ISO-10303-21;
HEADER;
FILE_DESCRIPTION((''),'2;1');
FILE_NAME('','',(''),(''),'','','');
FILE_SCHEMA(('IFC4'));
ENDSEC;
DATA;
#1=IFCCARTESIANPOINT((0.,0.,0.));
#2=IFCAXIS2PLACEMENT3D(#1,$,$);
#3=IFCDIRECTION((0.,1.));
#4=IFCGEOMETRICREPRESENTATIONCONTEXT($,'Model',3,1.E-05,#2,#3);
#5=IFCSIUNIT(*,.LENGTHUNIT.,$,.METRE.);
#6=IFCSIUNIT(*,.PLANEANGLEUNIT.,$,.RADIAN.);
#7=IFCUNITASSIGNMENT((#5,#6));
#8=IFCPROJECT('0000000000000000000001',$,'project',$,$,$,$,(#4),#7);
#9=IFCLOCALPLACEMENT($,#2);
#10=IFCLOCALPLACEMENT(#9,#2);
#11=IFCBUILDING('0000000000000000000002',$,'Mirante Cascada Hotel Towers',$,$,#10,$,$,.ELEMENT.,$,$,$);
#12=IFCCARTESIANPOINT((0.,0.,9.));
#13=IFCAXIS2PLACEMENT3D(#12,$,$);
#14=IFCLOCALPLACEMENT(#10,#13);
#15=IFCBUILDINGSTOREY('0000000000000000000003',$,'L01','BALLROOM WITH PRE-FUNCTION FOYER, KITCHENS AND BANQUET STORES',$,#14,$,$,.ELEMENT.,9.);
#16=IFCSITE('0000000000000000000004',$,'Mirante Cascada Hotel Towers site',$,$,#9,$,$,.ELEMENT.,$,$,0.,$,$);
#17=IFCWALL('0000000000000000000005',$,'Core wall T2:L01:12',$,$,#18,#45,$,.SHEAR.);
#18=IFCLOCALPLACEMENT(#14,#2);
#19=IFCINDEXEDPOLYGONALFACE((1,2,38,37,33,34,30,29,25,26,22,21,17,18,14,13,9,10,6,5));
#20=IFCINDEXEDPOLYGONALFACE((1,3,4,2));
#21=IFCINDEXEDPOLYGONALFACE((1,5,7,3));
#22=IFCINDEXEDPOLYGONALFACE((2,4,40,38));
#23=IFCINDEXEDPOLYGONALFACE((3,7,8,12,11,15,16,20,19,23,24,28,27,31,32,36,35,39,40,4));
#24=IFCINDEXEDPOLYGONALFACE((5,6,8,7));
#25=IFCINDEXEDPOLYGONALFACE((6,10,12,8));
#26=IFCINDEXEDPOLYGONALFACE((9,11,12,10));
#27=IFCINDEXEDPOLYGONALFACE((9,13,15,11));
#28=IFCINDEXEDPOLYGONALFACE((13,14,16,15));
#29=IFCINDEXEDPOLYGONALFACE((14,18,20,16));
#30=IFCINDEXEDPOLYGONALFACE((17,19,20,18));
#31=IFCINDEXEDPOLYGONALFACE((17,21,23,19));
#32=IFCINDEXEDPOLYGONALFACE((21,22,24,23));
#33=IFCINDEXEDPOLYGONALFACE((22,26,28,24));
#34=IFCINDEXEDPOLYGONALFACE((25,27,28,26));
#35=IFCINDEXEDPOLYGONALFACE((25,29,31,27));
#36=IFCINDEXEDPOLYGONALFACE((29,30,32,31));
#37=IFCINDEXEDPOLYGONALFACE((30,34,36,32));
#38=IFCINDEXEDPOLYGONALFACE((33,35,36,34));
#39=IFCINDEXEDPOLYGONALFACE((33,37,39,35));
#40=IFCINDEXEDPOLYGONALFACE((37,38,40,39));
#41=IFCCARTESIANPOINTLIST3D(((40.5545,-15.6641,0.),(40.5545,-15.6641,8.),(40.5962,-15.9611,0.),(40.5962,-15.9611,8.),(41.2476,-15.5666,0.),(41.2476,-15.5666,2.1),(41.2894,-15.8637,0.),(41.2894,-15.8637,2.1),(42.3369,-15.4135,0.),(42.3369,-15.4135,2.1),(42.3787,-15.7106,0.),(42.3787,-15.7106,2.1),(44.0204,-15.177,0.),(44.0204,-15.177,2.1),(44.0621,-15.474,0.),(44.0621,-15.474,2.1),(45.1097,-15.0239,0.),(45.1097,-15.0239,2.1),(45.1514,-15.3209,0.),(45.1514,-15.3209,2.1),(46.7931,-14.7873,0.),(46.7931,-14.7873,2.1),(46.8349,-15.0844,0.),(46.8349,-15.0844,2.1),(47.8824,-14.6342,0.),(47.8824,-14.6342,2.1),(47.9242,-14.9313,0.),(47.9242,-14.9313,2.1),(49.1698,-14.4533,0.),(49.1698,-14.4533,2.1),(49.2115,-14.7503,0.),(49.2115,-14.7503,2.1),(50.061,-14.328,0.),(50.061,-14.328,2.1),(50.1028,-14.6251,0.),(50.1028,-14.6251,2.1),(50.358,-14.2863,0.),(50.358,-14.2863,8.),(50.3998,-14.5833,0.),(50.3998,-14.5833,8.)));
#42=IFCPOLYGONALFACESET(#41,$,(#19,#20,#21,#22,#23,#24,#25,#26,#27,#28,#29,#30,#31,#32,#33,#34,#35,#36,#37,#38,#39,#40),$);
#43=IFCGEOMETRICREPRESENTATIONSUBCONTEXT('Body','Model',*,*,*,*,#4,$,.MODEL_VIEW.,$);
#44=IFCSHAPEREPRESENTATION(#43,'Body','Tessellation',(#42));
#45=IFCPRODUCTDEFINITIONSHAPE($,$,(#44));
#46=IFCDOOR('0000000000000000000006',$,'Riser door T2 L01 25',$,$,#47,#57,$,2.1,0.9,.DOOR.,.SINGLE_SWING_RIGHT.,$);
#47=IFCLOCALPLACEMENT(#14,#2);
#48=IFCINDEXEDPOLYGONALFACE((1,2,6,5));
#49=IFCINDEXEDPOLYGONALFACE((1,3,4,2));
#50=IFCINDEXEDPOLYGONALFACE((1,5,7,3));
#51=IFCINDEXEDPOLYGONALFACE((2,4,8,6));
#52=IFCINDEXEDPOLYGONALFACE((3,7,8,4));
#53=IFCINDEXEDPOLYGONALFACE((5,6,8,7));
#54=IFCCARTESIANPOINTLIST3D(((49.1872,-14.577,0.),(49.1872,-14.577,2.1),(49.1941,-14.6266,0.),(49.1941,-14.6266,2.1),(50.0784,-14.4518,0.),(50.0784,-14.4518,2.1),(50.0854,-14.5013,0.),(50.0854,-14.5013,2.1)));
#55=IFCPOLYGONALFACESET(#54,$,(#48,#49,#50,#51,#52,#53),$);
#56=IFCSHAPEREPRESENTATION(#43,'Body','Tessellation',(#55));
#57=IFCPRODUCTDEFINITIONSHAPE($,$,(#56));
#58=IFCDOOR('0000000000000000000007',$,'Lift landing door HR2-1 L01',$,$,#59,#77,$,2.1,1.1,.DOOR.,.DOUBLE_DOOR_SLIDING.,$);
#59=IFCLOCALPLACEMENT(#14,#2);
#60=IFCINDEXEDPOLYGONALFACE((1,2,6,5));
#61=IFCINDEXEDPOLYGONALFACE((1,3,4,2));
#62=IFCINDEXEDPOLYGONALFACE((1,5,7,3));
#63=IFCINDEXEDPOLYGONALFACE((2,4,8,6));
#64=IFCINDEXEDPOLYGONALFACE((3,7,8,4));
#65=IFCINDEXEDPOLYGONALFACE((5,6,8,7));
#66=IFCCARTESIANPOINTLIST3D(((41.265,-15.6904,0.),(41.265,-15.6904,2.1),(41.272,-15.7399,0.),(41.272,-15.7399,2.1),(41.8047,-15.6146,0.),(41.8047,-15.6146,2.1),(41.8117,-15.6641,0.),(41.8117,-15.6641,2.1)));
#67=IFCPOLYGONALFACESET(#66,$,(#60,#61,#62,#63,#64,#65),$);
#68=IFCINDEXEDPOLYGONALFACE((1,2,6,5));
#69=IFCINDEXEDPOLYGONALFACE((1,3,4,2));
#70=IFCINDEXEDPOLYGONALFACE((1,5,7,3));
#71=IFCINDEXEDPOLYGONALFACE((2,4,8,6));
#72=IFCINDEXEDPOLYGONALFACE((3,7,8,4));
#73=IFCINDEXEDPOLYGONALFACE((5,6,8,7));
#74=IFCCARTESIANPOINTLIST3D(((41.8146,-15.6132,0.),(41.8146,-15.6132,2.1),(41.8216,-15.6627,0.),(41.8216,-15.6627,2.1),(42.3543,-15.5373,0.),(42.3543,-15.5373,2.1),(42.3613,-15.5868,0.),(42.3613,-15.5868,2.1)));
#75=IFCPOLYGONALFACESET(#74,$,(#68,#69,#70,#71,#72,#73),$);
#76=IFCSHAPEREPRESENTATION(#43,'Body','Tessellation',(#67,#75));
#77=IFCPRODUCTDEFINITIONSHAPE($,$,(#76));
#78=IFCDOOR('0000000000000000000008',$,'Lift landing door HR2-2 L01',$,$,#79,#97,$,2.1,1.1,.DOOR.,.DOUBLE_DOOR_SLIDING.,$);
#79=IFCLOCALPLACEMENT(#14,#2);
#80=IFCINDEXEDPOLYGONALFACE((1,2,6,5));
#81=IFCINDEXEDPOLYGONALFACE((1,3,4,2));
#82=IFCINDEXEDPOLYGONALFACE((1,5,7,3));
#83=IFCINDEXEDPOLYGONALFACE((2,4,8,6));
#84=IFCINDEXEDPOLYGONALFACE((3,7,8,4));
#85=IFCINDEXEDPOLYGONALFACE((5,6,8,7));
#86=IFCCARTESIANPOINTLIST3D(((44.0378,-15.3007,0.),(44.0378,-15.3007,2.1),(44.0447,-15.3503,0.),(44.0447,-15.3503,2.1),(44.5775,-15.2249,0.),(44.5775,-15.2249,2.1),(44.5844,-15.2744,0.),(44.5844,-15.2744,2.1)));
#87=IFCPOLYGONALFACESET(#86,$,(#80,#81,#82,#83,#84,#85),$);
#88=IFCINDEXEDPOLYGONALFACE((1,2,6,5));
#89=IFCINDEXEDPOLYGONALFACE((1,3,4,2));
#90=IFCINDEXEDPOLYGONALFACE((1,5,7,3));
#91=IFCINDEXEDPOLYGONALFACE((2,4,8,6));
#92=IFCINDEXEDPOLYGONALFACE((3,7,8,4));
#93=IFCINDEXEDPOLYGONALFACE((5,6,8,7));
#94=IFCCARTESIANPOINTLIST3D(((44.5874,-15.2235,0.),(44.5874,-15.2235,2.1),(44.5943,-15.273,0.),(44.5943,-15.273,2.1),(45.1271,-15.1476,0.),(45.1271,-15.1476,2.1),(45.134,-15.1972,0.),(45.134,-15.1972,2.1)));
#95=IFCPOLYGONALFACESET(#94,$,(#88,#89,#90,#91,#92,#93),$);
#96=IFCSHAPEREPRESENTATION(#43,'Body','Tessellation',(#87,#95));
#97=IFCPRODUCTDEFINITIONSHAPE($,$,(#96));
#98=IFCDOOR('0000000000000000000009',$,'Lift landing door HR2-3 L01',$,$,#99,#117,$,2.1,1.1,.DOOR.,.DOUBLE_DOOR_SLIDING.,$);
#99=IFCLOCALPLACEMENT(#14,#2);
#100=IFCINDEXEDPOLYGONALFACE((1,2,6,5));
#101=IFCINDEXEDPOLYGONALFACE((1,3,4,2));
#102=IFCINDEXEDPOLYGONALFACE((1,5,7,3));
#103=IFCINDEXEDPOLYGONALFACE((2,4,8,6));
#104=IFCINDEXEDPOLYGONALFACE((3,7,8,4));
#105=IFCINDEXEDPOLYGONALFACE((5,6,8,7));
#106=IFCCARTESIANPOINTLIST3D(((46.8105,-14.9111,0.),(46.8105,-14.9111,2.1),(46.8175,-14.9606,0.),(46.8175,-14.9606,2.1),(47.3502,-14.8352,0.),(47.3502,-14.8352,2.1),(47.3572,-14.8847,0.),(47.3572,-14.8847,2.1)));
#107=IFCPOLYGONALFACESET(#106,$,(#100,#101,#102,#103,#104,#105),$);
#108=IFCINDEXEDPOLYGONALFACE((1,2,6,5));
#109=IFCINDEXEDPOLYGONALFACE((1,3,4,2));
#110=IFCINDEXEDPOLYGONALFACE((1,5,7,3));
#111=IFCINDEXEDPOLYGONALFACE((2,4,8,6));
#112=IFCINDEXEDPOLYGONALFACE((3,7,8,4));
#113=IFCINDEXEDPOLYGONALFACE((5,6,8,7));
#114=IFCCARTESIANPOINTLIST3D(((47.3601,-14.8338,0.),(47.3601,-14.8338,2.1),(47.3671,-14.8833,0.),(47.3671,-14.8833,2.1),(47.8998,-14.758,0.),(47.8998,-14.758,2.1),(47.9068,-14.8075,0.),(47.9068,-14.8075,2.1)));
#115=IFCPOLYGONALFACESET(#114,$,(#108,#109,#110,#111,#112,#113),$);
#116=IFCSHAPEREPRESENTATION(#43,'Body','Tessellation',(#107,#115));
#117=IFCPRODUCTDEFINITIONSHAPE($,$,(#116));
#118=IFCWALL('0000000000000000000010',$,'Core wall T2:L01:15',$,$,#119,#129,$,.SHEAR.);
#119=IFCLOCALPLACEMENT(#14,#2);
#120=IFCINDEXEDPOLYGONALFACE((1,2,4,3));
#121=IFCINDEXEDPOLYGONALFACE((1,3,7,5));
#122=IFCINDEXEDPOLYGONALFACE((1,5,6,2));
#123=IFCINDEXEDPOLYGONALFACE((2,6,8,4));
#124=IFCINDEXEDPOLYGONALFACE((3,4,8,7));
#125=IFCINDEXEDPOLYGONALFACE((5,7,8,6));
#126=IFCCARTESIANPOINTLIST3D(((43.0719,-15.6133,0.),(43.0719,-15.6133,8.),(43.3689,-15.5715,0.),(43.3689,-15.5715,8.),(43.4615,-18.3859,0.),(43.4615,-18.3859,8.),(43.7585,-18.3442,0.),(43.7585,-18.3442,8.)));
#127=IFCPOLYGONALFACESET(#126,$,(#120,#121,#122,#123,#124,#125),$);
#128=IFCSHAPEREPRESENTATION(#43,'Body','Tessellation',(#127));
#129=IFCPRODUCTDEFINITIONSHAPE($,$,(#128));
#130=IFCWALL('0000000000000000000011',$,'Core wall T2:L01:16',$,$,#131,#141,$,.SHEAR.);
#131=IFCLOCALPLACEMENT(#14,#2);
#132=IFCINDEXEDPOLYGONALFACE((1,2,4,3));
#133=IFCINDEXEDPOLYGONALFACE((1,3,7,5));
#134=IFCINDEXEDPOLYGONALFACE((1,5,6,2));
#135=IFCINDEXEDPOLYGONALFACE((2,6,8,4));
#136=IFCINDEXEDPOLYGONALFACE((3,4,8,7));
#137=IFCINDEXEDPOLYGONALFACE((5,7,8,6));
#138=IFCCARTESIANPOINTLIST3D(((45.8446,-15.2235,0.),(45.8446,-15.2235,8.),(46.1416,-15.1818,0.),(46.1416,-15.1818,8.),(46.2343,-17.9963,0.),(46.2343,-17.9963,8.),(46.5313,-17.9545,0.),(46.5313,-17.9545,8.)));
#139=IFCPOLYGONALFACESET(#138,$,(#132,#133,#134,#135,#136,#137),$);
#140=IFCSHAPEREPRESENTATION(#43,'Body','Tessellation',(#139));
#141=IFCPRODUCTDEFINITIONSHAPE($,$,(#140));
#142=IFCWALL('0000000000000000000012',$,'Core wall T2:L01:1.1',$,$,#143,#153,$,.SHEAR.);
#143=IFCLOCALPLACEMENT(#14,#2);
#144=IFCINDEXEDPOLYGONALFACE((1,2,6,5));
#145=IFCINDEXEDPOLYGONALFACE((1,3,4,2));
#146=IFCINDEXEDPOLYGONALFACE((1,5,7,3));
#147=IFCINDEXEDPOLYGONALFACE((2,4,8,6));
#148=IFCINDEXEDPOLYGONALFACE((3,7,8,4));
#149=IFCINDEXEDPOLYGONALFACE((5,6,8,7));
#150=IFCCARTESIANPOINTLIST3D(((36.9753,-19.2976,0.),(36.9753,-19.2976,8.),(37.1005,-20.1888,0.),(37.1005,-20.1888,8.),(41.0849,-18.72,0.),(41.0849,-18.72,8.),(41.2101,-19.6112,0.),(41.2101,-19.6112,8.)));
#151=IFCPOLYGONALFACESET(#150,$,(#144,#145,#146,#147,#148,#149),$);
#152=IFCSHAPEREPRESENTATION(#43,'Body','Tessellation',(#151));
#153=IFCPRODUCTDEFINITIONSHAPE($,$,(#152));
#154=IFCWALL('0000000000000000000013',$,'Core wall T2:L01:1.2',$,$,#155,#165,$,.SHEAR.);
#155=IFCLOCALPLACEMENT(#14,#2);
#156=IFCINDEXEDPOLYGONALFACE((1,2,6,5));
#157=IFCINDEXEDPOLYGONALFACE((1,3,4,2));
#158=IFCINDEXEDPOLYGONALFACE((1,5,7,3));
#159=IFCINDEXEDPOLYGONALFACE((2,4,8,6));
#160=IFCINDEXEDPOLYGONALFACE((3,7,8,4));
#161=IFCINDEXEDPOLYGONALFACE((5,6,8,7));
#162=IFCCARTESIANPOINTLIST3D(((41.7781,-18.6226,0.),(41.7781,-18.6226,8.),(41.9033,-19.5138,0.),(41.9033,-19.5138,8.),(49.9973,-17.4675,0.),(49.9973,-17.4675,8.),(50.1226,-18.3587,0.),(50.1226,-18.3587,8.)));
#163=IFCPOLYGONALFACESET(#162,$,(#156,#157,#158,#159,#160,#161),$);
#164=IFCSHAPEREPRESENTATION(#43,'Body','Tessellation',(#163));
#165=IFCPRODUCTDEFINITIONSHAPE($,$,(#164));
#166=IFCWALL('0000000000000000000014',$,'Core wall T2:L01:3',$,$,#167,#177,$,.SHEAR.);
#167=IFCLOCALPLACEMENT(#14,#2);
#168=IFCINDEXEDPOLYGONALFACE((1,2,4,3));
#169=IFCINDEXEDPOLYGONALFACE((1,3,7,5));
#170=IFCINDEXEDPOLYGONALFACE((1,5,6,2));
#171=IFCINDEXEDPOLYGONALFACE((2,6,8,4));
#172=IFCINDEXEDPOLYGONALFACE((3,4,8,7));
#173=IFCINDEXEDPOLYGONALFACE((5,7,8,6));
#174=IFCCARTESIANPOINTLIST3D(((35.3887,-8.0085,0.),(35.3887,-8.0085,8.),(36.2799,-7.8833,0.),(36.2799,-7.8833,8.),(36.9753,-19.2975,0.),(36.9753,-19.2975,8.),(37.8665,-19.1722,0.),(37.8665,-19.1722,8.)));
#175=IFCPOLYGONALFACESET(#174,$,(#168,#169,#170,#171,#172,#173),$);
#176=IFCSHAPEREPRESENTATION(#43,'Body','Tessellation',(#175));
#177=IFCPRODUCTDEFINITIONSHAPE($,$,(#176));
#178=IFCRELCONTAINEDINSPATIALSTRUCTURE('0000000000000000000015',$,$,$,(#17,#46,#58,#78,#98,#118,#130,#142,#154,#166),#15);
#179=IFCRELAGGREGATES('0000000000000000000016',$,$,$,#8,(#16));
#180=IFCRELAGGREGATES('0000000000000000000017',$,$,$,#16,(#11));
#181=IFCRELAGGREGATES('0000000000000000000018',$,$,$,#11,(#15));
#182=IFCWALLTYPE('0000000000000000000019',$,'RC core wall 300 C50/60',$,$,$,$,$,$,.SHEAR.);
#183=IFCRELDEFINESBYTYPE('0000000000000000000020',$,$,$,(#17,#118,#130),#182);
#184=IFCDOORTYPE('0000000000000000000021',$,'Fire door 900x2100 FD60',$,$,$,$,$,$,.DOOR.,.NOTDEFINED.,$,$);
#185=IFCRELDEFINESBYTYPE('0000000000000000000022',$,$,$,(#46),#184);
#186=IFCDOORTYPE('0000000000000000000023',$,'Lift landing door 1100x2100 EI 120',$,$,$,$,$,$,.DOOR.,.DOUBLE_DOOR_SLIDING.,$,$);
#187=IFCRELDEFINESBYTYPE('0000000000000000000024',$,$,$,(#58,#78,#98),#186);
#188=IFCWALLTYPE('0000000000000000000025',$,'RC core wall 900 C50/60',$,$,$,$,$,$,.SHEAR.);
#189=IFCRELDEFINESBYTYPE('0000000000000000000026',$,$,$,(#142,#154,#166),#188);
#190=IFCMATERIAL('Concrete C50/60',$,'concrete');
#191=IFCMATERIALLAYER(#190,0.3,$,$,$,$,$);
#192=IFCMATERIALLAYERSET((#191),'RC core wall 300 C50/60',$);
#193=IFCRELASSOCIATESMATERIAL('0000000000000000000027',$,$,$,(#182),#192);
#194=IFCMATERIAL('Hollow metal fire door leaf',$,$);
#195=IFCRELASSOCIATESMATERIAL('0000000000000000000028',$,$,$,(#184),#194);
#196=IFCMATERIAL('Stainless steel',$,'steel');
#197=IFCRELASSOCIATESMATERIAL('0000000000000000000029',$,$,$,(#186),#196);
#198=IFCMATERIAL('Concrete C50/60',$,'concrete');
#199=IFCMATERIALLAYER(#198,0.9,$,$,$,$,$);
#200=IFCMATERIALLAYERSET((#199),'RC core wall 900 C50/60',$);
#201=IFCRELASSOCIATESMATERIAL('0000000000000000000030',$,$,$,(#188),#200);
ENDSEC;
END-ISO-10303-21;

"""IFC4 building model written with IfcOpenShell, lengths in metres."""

from ifc_helpers import new_model, si_unit, direction, frame, frame_2d, origin, place, context, subcontext, project, spatial, rectangle, extrude, material, layer, layer_set, type_object, element, fill, save


model = new_model("IFC4")

# Units and contexts
model_context = context("Model", 3, precision=1e-05, world=origin(), true_north=direction((0.0, 1.0)))
body_context = subcontext(model_context, "Body", "Model", "MODEL_VIEW")
ifc_project = project(units=[si_unit("LENGTHUNIT", "METRE"), si_unit("PLANEANGLEUNIT", "RADIAN")], contexts=[model_context])

# Site, building, storey
site_placement = place(None, origin())
site = spatial("IfcSite", under=ifc_project, at=site_placement, Name="Mirante Cascada Hotel Towers site", CompositionType="ELEMENT", RefElevation=0.0)
building_placement = place(site_placement, origin())
building = spatial("IfcBuilding", under=site, at=building_placement, Name="Mirante Cascada Hotel Towers", CompositionType="ELEMENT")
storey_placement = place(building_placement, frame((0.0, 0.0, 9.0)))
storey = spatial("IfcBuildingStorey", under=building, at=storey_placement, Name="L01", Description="BALLROOM WITH PRE-FUNCTION FOYER, KITCHENS AND BANQUET STORES", CompositionType="ELEMENT", Elevation=9.0)

# Shared definitions
ifc_material_1 = material(Name="Concrete C50/60", Category="concrete")
ifc_layer_1 = layer(ifc_material_1, 0.3)
ifc_layer_set_1 = layer_set([ifc_layer_1], Name="RC core wall 300 C50/60")
wall_type_1 = type_object("IfcWallType", Name="RC core wall 300 C50/60", PredefinedType="SHEAR", material=ifc_layer_set_1)

# Wall, openings, doors
wall_1_placement = place(storey_placement, frame((40.5753, -15.8126, 0.0), z_axis=(0.0, 0.0, 1.0), x_axis=(0.990268, 0.139173, 0.0)))
wall_1 = element("IfcWall", 1, at=wall_1_placement, inside=storey, type_object=wall_type_1, Name="Core wall T2:L01:12", PredefinedType="SHEAR", context=body_context, shape_type="SweptSolid", body=[
    extrude(rectangle(XDim=9.8999, YDim=0.3, at=frame_2d((4.95, 0.0))), origin(), (0.0, 0.0, 1.0), 8.0),
])
opening_1_placement = place(wall_1_placement, frame((0.7, 0.0, 0.0)))
opening_1 = element("IfcOpeningElement", 2, at=opening_1_placement, cuts=wall_1, PredefinedType="OPENING", context=body_context, shape_type="SweptSolid", body=[
    extrude(rectangle(XDim=1.1, YDim=2.1, at=frame_2d((0.55, 1.05))), frame((0.0, 0.15, 0.0), z_axis=(0.0, -1.0, 0.0), x_axis=(1.0, 0.0, 0.0)), (0.0, 0.0, 1.0), 0.3),
])
opening_2_placement = place(wall_1_placement, frame((3.5, 0.0, 0.0)))
opening_2 = element("IfcOpeningElement", 3, at=opening_2_placement, cuts=wall_1, PredefinedType="OPENING", context=body_context, shape_type="SweptSolid", body=[
    extrude(rectangle(XDim=1.1, YDim=2.1, at=frame_2d((0.55, 1.05))), frame((0.0, 0.15, 0.0), z_axis=(0.0, -1.0, 0.0), x_axis=(1.0, 0.0, 0.0)), (0.0, 0.0, 1.0), 0.3),
])
opening_3_placement = place(wall_1_placement, frame((6.3, 0.0, 0.0)))
opening_3 = element("IfcOpeningElement", 4, at=opening_3_placement, cuts=wall_1, PredefinedType="OPENING", context=body_context, shape_type="SweptSolid", body=[
    extrude(rectangle(XDim=1.1, YDim=2.1, at=frame_2d((0.55, 1.05))), frame((0.0, 0.15, 0.0), z_axis=(0.0, -1.0, 0.0), x_axis=(1.0, 0.0, 0.0)), (0.0, 0.0, 1.0), 0.3),
])
opening_4_placement = place(wall_1_placement, frame((8.7, 0.0, 0.0)))
opening_4 = element("IfcOpeningElement", 5, at=opening_4_placement, cuts=wall_1, PredefinedType="OPENING", context=body_context, shape_type="SweptSolid", body=[
    extrude(rectangle(XDim=0.9, YDim=2.1, at=frame_2d((0.45, 1.05))), frame((0.0, 0.15, 0.0), z_axis=(0.0, -1.0, 0.0), x_axis=(1.0, 0.0, 0.0)), (0.0, 0.0, 1.0), 0.3),
])
ifc_material_2 = material(Name="Hollow metal fire door leaf")
door_type_1 = type_object("IfcDoorType", Name="Fire door 900x2100 FD60", OperationType="NOTDEFINED", PredefinedType="DOOR", material=ifc_material_2)
door_1_placement = place(opening_4_placement, frame((0.9, 0.0, 0.0), z_axis=(0.0, 0.0, 1.0), x_axis=(-1.0, 0.0, 0.0)))
door_1 = element("IfcDoor", 6, at=door_1_placement, inside=storey, type_object=door_type_1, Name="Riser door T2 L01 25", OperationType="SINGLE_SWING_RIGHT", OverallHeight=2.1, OverallWidth=0.9, PredefinedType="DOOR", context=body_context, shape_type="SweptSolid", body=[
    extrude(rectangle(XDim=0.9, YDim=2.1, at=frame_2d((0.45, 1.05))), frame((0.0, 0.025, 0.0), z_axis=(0.0, -1.0, 0.0), x_axis=(1.0, 0.0, 0.0)), (0.0, 0.0, 1.0), 0.05),
])
fill(opening_4, door_1)
ifc_material_3 = material(Name="Stainless steel", Category="steel")
door_type_2 = type_object("IfcDoorType", Name="Lift landing door 1100x2100 EI 120", OperationType="DOUBLE_DOOR_SLIDING", PredefinedType="DOOR", material=ifc_material_3)
door_2_placement = place(opening_1_placement, origin())
door_2 = element("IfcDoor", 7, at=door_2_placement, inside=storey, type_object=door_type_2, Name="Lift landing door HR2-1 L01", OperationType="DOUBLE_DOOR_SLIDING", OverallHeight=2.1, OverallWidth=1.1, PredefinedType="DOOR", context=body_context, shape_type="SweptSolid", body=[
    extrude(rectangle(XDim=0.545, YDim=2.1, at=frame_2d((0.2725, 1.05))), frame((0.0, 0.025, 0.0), z_axis=(0.0, -1.0, 0.0), x_axis=(1.0, 0.0, 0.0)), (0.0, 0.0, 1.0), 0.05),
    extrude(rectangle(XDim=0.545, YDim=2.1, at=frame_2d((0.8275, 1.05))), frame((0.0, 0.025, 0.0), z_axis=(0.0, -1.0, 0.0), x_axis=(1.0, 0.0, 0.0)), (0.0, 0.0, 1.0), 0.05),
])
fill(opening_1, door_2)
door_3_placement = place(opening_2_placement, origin())
door_3 = element("IfcDoor", 8, at=door_3_placement, inside=storey, type_object=door_type_2, Name="Lift landing door HR2-2 L01", OperationType="DOUBLE_DOOR_SLIDING", OverallHeight=2.1, OverallWidth=1.1, PredefinedType="DOOR", context=body_context, shape_type="SweptSolid", body=[
    extrude(rectangle(XDim=0.545, YDim=2.1, at=frame_2d((0.2725, 1.05))), frame((0.0, 0.025, 0.0), z_axis=(0.0, -1.0, 0.0), x_axis=(1.0, 0.0, 0.0)), (0.0, 0.0, 1.0), 0.05),
    extrude(rectangle(XDim=0.545, YDim=2.1, at=frame_2d((0.8275, 1.05))), frame((0.0, 0.025, 0.0), z_axis=(0.0, -1.0, 0.0), x_axis=(1.0, 0.0, 0.0)), (0.0, 0.0, 1.0), 0.05),
])
fill(opening_2, door_3)
door_4_placement = place(opening_3_placement, origin())
door_4 = element("IfcDoor", 9, at=door_4_placement, inside=storey, type_object=door_type_2, Name="Lift landing door HR2-3 L01", OperationType="DOUBLE_DOOR_SLIDING", OverallHeight=2.1, OverallWidth=1.1, PredefinedType="DOOR", context=body_context, shape_type="SweptSolid", body=[
    extrude(rectangle(XDim=0.545, YDim=2.1, at=frame_2d((0.2725, 1.05))), frame((0.0, 0.025, 0.0), z_axis=(0.0, -1.0, 0.0), x_axis=(1.0, 0.0, 0.0)), (0.0, 0.0, 1.0), 0.05),
    extrude(rectangle(XDim=0.545, YDim=2.1, at=frame_2d((0.8275, 1.05))), frame((0.0, 0.025, 0.0), z_axis=(0.0, -1.0, 0.0), x_axis=(1.0, 0.0, 0.0)), (0.0, 0.0, 1.0), 0.05),
])
fill(opening_3, door_4)

# Walls
wall_2_placement = place(storey_placement, frame((43.61, -18.3651, 0.0), z_axis=(0.0, 0.0, 1.0), x_axis=(-0.139146, 0.990272, 0.0)))
element("IfcWall", 10, at=wall_2_placement, inside=storey, type_object=wall_type_1, Name="Core wall T2:L01:15", PredefinedType="SHEAR", context=body_context, shape_type="SweptSolid", body=[
    extrude(rectangle(XDim=2.7999, YDim=0.3, at=frame_2d((1.4, 0.0))), origin(), (0.0, 0.0, 1.0), 8.0),
])
wall_3_placement = place(storey_placement, frame((46.3828, -17.9754, 0.0), z_axis=(0.0, 0.0, 1.0), x_axis=(-0.139181, 0.990267, 0.0)))
element("IfcWall", 11, at=wall_3_placement, inside=storey, type_object=wall_type_1, Name="Core wall T2:L01:16", PredefinedType="SHEAR", context=body_context, shape_type="SweptSolid", body=[
    extrude(rectangle(XDim=2.8, YDim=0.3, at=frame_2d((1.4, 0.0))), origin(), (0.0, 0.0, 1.0), 8.0),
])
ifc_material_4 = material(Name="Concrete C50/60", Category="concrete")
ifc_layer_2 = layer(ifc_material_4, 0.9)
ifc_layer_set_2 = layer_set([ifc_layer_2], Name="RC core wall 900 C50/60")
wall_type_2 = type_object("IfcWallType", Name="RC core wall 900 C50/60", PredefinedType="SHEAR", material=ifc_layer_set_2)
wall_4_placement = place(storey_placement, frame((37.0379, -19.7432, 0.0), z_axis=(0.0, 0.0, 1.0), x_axis=(0.990267, 0.139181, 0.0)))
element("IfcWall", 12, at=wall_4_placement, inside=storey, type_object=wall_type_2, Name="Core wall T2:L01:1.1", PredefinedType="SHEAR", context=body_context, shape_type="SweptSolid", body=[
    extrude(rectangle(XDim=4.15, YDim=0.9, at=frame_2d((2.075, 0.0))), origin(), (0.0, 0.0, 1.0), 8.0),
])
wall_5_placement = place(storey_placement, frame((41.8407, -19.0682, 0.0), z_axis=(0.0, 0.0, 1.0), x_axis=(0.990269, 0.139169, 0.0)))
element("IfcWall", 13, at=wall_5_placement, inside=storey, type_object=wall_type_2, Name="Core wall T2:L01:1.2", PredefinedType="SHEAR", context=body_context, shape_type="SweptSolid", body=[
    extrude(rectangle(XDim=8.3, YDim=0.9, at=frame_2d((4.15, 0.0))), origin(), (0.0, 0.0, 1.0), 8.0),
])
wall_6_placement = place(storey_placement, frame((37.4209, -19.2349, 0.0), z_axis=(0.0, 0.0, 1.0), x_axis=(-0.139176, 0.990268, 0.0)))
element("IfcWall", 14, at=wall_6_placement, inside=storey, type_object=wall_type_2, Name="Core wall T2:L01:3", PredefinedType="SHEAR", context=body_context, shape_type="SweptSolid", body=[
    extrude(rectangle(XDim=11.3999, YDim=0.9, at=frame_2d((5.7, 0.0))), origin(), (0.0, 0.0, 1.0), 8.0),
])

save(model, "model.ifc")
